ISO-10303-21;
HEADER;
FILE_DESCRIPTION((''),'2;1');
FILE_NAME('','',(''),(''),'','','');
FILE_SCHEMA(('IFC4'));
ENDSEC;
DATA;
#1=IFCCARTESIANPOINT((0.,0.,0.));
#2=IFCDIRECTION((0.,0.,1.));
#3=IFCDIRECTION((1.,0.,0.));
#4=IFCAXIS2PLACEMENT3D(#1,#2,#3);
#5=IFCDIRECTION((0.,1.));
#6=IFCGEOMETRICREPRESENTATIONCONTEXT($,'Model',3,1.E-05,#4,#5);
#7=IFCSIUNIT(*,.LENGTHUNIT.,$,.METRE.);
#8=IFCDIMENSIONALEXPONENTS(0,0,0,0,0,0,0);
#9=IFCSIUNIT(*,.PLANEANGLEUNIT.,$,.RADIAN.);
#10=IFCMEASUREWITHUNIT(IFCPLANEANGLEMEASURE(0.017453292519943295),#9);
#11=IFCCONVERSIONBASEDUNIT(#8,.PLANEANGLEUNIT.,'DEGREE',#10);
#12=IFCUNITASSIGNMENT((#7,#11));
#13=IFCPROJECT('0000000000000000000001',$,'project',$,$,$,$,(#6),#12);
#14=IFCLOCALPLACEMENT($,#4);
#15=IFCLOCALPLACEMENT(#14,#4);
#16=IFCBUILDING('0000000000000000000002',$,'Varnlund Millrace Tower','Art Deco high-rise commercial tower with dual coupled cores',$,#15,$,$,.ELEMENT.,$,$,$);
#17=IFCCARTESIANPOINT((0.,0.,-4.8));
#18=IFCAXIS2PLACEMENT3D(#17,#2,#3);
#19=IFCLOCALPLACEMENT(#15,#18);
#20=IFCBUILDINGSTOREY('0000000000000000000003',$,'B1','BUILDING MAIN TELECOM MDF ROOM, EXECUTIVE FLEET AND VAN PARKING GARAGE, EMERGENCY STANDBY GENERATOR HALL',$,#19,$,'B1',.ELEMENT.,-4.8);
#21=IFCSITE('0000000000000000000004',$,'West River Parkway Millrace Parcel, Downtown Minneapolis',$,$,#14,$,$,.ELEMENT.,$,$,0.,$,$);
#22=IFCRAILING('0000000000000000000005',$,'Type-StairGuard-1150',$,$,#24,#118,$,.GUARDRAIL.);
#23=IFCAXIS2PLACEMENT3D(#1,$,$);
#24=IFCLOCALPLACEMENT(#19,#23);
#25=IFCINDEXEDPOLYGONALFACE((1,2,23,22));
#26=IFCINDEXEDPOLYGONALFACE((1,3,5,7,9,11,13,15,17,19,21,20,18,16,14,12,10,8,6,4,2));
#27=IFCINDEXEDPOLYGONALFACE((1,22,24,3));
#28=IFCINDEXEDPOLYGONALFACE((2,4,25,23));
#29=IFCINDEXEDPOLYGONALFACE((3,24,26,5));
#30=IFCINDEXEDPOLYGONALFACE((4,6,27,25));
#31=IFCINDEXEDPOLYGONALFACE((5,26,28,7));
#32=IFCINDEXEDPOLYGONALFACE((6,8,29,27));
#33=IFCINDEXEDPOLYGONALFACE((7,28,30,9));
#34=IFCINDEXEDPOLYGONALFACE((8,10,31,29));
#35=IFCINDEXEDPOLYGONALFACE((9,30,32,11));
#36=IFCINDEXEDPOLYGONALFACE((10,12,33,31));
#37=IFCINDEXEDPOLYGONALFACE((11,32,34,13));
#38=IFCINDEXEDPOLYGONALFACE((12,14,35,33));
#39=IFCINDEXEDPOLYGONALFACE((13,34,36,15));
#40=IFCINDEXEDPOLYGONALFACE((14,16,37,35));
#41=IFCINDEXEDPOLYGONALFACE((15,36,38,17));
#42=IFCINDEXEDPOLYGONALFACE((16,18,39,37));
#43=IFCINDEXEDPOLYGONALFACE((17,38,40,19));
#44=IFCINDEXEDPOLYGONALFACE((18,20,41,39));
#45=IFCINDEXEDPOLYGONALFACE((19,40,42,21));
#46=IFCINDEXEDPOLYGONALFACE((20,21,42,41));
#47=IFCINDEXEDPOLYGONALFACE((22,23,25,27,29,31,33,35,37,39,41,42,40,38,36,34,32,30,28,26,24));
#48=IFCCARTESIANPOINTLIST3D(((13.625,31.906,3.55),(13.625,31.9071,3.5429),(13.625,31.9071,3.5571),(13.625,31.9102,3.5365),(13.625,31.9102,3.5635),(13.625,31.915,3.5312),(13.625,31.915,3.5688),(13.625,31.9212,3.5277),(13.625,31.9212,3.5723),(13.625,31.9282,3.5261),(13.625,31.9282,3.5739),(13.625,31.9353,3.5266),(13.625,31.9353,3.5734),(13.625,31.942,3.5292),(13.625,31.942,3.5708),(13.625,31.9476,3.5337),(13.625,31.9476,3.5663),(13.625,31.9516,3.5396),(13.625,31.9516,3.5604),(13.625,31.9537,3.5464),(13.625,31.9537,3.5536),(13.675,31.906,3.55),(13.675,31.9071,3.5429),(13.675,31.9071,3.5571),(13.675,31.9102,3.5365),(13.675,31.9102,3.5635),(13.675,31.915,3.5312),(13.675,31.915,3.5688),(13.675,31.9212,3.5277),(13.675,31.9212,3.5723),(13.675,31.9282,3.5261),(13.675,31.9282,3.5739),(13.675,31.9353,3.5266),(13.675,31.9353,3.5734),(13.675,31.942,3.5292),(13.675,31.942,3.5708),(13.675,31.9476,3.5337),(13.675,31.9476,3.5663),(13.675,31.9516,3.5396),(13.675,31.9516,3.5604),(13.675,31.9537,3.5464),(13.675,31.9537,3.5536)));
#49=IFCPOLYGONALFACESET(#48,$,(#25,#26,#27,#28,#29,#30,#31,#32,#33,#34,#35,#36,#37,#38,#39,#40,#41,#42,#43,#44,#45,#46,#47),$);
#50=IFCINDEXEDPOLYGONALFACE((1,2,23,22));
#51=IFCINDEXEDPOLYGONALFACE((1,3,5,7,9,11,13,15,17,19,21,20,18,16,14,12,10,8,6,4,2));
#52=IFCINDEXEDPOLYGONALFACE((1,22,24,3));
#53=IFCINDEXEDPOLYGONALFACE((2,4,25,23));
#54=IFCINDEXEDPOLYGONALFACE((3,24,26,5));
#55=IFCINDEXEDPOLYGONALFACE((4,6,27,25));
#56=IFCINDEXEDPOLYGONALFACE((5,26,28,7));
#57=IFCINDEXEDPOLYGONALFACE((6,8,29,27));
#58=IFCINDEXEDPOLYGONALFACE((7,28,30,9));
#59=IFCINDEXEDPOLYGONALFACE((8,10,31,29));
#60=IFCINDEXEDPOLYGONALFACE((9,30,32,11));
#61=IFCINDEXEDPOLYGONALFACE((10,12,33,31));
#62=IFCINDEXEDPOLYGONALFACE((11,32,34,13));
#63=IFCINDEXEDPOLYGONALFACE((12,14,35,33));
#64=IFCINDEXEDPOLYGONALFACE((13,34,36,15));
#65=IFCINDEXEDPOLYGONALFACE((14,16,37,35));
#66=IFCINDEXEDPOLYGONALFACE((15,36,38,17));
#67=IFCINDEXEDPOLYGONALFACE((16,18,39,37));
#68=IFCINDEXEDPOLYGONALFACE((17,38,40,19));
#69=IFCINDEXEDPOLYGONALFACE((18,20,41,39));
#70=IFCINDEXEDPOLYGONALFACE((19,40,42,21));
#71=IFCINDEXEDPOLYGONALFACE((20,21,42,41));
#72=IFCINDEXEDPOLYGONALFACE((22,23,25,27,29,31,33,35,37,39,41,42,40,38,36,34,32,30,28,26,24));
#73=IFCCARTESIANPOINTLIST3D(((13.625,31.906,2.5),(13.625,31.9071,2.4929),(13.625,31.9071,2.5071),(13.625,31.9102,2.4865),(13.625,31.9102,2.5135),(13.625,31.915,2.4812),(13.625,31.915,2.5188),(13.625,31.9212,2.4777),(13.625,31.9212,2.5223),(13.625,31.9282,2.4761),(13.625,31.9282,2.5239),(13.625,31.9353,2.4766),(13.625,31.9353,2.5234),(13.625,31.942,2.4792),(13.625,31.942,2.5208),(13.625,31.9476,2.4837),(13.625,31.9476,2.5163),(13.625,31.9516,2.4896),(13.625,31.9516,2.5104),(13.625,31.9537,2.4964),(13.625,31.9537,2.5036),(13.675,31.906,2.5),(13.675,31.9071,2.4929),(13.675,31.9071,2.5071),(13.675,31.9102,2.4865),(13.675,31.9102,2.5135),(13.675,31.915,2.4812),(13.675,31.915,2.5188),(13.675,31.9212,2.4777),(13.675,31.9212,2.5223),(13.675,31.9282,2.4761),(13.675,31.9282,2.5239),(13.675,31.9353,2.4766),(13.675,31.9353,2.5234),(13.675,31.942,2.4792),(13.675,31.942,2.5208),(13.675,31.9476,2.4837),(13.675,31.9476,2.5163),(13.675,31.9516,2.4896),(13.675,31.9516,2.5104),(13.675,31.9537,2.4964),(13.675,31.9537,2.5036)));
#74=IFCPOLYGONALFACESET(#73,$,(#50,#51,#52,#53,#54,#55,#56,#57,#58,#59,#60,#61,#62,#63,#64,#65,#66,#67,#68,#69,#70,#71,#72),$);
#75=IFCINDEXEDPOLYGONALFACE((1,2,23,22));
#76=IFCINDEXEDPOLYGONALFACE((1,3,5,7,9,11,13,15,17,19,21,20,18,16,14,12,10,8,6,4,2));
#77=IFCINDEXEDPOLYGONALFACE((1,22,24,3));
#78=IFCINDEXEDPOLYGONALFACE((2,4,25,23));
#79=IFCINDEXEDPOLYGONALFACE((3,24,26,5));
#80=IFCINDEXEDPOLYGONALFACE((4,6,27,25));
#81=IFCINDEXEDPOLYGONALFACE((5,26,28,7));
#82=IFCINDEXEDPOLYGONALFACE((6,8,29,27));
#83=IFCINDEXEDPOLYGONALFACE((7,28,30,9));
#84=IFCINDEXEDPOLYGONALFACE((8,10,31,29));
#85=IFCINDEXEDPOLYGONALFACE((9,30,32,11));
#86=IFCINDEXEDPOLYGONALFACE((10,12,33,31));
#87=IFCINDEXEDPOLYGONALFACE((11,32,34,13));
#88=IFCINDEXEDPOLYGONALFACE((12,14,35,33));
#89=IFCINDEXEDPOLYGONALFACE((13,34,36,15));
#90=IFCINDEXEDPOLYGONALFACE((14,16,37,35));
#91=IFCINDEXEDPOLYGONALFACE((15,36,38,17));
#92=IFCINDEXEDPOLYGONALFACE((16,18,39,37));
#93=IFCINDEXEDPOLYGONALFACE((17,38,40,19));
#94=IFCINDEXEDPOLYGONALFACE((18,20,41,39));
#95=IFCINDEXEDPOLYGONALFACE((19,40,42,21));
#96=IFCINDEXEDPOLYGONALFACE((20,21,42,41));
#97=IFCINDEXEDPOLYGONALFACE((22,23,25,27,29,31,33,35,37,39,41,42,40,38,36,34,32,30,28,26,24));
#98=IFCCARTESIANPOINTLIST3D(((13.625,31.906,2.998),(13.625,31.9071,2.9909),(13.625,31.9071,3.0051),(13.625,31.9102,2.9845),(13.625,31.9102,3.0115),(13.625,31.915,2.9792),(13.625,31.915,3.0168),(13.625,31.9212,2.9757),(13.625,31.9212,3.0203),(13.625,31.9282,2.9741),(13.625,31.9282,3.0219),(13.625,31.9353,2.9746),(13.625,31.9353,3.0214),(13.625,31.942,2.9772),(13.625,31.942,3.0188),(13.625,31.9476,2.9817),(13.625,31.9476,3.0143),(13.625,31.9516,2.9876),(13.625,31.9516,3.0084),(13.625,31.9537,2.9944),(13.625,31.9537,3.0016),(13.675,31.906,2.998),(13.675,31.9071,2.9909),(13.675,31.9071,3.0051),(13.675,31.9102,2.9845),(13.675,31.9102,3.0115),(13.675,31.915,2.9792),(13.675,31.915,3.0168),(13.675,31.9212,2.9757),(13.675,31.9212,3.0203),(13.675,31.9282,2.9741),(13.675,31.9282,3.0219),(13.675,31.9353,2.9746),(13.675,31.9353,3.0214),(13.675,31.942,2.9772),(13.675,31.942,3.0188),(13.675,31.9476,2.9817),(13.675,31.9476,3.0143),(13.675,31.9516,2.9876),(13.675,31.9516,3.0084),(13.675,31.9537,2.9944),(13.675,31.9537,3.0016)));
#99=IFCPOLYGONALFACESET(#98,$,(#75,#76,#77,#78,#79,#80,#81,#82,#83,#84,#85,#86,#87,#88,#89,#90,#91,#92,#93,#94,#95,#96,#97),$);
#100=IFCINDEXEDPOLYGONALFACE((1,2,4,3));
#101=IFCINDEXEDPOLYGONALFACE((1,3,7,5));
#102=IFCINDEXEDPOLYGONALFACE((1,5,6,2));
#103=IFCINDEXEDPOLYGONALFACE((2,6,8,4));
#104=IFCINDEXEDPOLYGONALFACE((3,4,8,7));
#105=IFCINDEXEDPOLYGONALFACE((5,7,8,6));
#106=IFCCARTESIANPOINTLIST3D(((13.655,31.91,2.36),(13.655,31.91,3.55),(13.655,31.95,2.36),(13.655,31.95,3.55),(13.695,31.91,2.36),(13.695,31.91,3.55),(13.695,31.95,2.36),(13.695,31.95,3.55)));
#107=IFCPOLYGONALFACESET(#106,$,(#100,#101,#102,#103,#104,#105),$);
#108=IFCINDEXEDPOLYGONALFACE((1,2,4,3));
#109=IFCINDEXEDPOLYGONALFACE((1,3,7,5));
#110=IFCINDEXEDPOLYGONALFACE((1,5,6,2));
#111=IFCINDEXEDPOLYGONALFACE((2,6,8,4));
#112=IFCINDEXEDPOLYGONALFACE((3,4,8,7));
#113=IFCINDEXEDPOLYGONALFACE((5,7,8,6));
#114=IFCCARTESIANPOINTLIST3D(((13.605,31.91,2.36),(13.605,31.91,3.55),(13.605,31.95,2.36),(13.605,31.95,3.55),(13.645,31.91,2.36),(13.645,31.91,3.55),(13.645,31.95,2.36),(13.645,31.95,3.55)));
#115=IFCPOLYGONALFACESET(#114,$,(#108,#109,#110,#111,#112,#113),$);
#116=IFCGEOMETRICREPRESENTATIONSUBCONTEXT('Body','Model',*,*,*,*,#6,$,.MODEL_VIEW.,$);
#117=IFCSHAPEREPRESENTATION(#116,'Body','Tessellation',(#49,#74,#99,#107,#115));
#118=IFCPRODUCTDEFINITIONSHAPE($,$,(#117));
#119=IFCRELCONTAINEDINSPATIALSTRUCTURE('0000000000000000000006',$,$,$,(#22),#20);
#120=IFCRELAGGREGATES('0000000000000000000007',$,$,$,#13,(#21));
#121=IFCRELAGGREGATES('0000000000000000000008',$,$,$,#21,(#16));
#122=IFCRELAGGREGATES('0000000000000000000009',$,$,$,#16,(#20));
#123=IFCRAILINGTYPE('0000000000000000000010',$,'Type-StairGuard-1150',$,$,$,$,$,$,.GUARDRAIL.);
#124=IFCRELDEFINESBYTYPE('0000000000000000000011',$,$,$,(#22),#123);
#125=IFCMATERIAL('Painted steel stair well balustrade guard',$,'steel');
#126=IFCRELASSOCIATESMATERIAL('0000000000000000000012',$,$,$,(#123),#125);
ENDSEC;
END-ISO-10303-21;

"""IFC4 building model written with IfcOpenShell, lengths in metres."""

from ifc_helpers import new_model, entity, si_unit, converted_unit, direction, frame, origin_with_axes, origin_2d_with_axis, place, context, subcontext, project, spatial, rectangle, circle, extrude, material, type_object, element, save


model = new_model("IFC4")

# Units and contexts
model_context = context("Model", 3, precision=1e-05, world=origin_with_axes(), true_north=direction((0.0, 1.0)))
body_context = subcontext(model_context, "Body", "Model", "MODEL_VIEW")
ifc_project = project(units=[si_unit("LENGTHUNIT", "METRE"), converted_unit("PLANEANGLEUNIT", "DEGREE", entity("IfcPlaneAngleMeasure", 0.017453292519943295), si_unit("PLANEANGLEUNIT", "RADIAN"), dimensions=[0, 0, 0, 0, 0, 0, 0])], contexts=[model_context])

# Site, building, storey
site_placement = place(None, origin_with_axes())
site = spatial("IfcSite", under=ifc_project, at=site_placement, Name="West River Parkway Millrace Parcel, Downtown Minneapolis", CompositionType="ELEMENT", RefElevation=0.0)
building_placement = place(site_placement, origin_with_axes())
building = spatial("IfcBuilding", under=site, at=building_placement, Name="Varnlund Millrace Tower", Description="Art Deco high-rise commercial tower with dual coupled cores", CompositionType="ELEMENT")
storey_placement = place(building_placement, frame((0.0, 0.0, -4.8), z_axis=(0.0, 0.0, 1.0), x_axis=(1.0, 0.0, 0.0)))
storey = spatial("IfcBuildingStorey", under=building, at=storey_placement, Name="B1", Description="BUILDING MAIN TELECOM MDF ROOM, EXECUTIVE FLEET AND VAN PARKING GARAGE, EMERGENCY STANDBY GENERATOR HALL", LongName="B1", CompositionType="ELEMENT", Elevation=-4.8)

# Railing
ifc_material_1 = material(Name="Painted steel stair well balustrade guard", Category="steel")
railing_type_1 = type_object("IfcRailingType", Name="Type-StairGuard-1150", PredefinedType="GUARDRAIL", material=ifc_material_1)
railing_1_placement = place(storey_placement, frame((0.0, 0.0, 4.8), z_axis=(0.0, 0.0, 1.0), x_axis=(1.0, 0.0, 0.0)))
element("IfcRailing", 1, at=railing_1_placement, inside=storey, type_object=railing_type_1, Name="Type-StairGuard-1150", PredefinedType="GUARDRAIL", context=body_context, shape_type="SweptSolid", body=[
    extrude(circle(Radius=0.024, at=origin_2d_with_axis()), frame((13.675, 31.93, -1.25), z_axis=(-1.0, 0.0, 0.0), x_axis=(0.0, -1.0, 0.0)), (0.0, 0.0, 1.0), 0.05),
    extrude(circle(Radius=0.024, at=origin_2d_with_axis()), frame((13.675, 31.93, -2.3), z_axis=(-1.0, 0.0, 0.0), x_axis=(0.0, -1.0, 0.0)), (0.0, 0.0, 1.0), 0.05),
    extrude(circle(Radius=0.024, at=origin_2d_with_axis()), frame((13.675, 31.93, -1.802), z_axis=(-1.0, 0.0, 0.0), x_axis=(0.0, -1.0, 0.0)), (0.0, 0.0, 1.0), 0.05),
    extrude(rectangle(XDim=0.04, YDim=0.04, at=origin_2d_with_axis()), frame((13.675, 31.93, -2.44), z_axis=(0.0, 0.0, 1.0), x_axis=(1.0, 0.0, 0.0)), (0.0, 0.0, 1.0), 1.19),
    extrude(rectangle(XDim=0.04, YDim=0.04, at=origin_2d_with_axis()), frame((13.625, 31.93, -2.44), z_axis=(0.0, 0.0, 1.0), x_axis=(1.0, 0.0, 0.0)), (0.0, 0.0, 1.0), 1.19),
])

save(model, "model.ifc")
